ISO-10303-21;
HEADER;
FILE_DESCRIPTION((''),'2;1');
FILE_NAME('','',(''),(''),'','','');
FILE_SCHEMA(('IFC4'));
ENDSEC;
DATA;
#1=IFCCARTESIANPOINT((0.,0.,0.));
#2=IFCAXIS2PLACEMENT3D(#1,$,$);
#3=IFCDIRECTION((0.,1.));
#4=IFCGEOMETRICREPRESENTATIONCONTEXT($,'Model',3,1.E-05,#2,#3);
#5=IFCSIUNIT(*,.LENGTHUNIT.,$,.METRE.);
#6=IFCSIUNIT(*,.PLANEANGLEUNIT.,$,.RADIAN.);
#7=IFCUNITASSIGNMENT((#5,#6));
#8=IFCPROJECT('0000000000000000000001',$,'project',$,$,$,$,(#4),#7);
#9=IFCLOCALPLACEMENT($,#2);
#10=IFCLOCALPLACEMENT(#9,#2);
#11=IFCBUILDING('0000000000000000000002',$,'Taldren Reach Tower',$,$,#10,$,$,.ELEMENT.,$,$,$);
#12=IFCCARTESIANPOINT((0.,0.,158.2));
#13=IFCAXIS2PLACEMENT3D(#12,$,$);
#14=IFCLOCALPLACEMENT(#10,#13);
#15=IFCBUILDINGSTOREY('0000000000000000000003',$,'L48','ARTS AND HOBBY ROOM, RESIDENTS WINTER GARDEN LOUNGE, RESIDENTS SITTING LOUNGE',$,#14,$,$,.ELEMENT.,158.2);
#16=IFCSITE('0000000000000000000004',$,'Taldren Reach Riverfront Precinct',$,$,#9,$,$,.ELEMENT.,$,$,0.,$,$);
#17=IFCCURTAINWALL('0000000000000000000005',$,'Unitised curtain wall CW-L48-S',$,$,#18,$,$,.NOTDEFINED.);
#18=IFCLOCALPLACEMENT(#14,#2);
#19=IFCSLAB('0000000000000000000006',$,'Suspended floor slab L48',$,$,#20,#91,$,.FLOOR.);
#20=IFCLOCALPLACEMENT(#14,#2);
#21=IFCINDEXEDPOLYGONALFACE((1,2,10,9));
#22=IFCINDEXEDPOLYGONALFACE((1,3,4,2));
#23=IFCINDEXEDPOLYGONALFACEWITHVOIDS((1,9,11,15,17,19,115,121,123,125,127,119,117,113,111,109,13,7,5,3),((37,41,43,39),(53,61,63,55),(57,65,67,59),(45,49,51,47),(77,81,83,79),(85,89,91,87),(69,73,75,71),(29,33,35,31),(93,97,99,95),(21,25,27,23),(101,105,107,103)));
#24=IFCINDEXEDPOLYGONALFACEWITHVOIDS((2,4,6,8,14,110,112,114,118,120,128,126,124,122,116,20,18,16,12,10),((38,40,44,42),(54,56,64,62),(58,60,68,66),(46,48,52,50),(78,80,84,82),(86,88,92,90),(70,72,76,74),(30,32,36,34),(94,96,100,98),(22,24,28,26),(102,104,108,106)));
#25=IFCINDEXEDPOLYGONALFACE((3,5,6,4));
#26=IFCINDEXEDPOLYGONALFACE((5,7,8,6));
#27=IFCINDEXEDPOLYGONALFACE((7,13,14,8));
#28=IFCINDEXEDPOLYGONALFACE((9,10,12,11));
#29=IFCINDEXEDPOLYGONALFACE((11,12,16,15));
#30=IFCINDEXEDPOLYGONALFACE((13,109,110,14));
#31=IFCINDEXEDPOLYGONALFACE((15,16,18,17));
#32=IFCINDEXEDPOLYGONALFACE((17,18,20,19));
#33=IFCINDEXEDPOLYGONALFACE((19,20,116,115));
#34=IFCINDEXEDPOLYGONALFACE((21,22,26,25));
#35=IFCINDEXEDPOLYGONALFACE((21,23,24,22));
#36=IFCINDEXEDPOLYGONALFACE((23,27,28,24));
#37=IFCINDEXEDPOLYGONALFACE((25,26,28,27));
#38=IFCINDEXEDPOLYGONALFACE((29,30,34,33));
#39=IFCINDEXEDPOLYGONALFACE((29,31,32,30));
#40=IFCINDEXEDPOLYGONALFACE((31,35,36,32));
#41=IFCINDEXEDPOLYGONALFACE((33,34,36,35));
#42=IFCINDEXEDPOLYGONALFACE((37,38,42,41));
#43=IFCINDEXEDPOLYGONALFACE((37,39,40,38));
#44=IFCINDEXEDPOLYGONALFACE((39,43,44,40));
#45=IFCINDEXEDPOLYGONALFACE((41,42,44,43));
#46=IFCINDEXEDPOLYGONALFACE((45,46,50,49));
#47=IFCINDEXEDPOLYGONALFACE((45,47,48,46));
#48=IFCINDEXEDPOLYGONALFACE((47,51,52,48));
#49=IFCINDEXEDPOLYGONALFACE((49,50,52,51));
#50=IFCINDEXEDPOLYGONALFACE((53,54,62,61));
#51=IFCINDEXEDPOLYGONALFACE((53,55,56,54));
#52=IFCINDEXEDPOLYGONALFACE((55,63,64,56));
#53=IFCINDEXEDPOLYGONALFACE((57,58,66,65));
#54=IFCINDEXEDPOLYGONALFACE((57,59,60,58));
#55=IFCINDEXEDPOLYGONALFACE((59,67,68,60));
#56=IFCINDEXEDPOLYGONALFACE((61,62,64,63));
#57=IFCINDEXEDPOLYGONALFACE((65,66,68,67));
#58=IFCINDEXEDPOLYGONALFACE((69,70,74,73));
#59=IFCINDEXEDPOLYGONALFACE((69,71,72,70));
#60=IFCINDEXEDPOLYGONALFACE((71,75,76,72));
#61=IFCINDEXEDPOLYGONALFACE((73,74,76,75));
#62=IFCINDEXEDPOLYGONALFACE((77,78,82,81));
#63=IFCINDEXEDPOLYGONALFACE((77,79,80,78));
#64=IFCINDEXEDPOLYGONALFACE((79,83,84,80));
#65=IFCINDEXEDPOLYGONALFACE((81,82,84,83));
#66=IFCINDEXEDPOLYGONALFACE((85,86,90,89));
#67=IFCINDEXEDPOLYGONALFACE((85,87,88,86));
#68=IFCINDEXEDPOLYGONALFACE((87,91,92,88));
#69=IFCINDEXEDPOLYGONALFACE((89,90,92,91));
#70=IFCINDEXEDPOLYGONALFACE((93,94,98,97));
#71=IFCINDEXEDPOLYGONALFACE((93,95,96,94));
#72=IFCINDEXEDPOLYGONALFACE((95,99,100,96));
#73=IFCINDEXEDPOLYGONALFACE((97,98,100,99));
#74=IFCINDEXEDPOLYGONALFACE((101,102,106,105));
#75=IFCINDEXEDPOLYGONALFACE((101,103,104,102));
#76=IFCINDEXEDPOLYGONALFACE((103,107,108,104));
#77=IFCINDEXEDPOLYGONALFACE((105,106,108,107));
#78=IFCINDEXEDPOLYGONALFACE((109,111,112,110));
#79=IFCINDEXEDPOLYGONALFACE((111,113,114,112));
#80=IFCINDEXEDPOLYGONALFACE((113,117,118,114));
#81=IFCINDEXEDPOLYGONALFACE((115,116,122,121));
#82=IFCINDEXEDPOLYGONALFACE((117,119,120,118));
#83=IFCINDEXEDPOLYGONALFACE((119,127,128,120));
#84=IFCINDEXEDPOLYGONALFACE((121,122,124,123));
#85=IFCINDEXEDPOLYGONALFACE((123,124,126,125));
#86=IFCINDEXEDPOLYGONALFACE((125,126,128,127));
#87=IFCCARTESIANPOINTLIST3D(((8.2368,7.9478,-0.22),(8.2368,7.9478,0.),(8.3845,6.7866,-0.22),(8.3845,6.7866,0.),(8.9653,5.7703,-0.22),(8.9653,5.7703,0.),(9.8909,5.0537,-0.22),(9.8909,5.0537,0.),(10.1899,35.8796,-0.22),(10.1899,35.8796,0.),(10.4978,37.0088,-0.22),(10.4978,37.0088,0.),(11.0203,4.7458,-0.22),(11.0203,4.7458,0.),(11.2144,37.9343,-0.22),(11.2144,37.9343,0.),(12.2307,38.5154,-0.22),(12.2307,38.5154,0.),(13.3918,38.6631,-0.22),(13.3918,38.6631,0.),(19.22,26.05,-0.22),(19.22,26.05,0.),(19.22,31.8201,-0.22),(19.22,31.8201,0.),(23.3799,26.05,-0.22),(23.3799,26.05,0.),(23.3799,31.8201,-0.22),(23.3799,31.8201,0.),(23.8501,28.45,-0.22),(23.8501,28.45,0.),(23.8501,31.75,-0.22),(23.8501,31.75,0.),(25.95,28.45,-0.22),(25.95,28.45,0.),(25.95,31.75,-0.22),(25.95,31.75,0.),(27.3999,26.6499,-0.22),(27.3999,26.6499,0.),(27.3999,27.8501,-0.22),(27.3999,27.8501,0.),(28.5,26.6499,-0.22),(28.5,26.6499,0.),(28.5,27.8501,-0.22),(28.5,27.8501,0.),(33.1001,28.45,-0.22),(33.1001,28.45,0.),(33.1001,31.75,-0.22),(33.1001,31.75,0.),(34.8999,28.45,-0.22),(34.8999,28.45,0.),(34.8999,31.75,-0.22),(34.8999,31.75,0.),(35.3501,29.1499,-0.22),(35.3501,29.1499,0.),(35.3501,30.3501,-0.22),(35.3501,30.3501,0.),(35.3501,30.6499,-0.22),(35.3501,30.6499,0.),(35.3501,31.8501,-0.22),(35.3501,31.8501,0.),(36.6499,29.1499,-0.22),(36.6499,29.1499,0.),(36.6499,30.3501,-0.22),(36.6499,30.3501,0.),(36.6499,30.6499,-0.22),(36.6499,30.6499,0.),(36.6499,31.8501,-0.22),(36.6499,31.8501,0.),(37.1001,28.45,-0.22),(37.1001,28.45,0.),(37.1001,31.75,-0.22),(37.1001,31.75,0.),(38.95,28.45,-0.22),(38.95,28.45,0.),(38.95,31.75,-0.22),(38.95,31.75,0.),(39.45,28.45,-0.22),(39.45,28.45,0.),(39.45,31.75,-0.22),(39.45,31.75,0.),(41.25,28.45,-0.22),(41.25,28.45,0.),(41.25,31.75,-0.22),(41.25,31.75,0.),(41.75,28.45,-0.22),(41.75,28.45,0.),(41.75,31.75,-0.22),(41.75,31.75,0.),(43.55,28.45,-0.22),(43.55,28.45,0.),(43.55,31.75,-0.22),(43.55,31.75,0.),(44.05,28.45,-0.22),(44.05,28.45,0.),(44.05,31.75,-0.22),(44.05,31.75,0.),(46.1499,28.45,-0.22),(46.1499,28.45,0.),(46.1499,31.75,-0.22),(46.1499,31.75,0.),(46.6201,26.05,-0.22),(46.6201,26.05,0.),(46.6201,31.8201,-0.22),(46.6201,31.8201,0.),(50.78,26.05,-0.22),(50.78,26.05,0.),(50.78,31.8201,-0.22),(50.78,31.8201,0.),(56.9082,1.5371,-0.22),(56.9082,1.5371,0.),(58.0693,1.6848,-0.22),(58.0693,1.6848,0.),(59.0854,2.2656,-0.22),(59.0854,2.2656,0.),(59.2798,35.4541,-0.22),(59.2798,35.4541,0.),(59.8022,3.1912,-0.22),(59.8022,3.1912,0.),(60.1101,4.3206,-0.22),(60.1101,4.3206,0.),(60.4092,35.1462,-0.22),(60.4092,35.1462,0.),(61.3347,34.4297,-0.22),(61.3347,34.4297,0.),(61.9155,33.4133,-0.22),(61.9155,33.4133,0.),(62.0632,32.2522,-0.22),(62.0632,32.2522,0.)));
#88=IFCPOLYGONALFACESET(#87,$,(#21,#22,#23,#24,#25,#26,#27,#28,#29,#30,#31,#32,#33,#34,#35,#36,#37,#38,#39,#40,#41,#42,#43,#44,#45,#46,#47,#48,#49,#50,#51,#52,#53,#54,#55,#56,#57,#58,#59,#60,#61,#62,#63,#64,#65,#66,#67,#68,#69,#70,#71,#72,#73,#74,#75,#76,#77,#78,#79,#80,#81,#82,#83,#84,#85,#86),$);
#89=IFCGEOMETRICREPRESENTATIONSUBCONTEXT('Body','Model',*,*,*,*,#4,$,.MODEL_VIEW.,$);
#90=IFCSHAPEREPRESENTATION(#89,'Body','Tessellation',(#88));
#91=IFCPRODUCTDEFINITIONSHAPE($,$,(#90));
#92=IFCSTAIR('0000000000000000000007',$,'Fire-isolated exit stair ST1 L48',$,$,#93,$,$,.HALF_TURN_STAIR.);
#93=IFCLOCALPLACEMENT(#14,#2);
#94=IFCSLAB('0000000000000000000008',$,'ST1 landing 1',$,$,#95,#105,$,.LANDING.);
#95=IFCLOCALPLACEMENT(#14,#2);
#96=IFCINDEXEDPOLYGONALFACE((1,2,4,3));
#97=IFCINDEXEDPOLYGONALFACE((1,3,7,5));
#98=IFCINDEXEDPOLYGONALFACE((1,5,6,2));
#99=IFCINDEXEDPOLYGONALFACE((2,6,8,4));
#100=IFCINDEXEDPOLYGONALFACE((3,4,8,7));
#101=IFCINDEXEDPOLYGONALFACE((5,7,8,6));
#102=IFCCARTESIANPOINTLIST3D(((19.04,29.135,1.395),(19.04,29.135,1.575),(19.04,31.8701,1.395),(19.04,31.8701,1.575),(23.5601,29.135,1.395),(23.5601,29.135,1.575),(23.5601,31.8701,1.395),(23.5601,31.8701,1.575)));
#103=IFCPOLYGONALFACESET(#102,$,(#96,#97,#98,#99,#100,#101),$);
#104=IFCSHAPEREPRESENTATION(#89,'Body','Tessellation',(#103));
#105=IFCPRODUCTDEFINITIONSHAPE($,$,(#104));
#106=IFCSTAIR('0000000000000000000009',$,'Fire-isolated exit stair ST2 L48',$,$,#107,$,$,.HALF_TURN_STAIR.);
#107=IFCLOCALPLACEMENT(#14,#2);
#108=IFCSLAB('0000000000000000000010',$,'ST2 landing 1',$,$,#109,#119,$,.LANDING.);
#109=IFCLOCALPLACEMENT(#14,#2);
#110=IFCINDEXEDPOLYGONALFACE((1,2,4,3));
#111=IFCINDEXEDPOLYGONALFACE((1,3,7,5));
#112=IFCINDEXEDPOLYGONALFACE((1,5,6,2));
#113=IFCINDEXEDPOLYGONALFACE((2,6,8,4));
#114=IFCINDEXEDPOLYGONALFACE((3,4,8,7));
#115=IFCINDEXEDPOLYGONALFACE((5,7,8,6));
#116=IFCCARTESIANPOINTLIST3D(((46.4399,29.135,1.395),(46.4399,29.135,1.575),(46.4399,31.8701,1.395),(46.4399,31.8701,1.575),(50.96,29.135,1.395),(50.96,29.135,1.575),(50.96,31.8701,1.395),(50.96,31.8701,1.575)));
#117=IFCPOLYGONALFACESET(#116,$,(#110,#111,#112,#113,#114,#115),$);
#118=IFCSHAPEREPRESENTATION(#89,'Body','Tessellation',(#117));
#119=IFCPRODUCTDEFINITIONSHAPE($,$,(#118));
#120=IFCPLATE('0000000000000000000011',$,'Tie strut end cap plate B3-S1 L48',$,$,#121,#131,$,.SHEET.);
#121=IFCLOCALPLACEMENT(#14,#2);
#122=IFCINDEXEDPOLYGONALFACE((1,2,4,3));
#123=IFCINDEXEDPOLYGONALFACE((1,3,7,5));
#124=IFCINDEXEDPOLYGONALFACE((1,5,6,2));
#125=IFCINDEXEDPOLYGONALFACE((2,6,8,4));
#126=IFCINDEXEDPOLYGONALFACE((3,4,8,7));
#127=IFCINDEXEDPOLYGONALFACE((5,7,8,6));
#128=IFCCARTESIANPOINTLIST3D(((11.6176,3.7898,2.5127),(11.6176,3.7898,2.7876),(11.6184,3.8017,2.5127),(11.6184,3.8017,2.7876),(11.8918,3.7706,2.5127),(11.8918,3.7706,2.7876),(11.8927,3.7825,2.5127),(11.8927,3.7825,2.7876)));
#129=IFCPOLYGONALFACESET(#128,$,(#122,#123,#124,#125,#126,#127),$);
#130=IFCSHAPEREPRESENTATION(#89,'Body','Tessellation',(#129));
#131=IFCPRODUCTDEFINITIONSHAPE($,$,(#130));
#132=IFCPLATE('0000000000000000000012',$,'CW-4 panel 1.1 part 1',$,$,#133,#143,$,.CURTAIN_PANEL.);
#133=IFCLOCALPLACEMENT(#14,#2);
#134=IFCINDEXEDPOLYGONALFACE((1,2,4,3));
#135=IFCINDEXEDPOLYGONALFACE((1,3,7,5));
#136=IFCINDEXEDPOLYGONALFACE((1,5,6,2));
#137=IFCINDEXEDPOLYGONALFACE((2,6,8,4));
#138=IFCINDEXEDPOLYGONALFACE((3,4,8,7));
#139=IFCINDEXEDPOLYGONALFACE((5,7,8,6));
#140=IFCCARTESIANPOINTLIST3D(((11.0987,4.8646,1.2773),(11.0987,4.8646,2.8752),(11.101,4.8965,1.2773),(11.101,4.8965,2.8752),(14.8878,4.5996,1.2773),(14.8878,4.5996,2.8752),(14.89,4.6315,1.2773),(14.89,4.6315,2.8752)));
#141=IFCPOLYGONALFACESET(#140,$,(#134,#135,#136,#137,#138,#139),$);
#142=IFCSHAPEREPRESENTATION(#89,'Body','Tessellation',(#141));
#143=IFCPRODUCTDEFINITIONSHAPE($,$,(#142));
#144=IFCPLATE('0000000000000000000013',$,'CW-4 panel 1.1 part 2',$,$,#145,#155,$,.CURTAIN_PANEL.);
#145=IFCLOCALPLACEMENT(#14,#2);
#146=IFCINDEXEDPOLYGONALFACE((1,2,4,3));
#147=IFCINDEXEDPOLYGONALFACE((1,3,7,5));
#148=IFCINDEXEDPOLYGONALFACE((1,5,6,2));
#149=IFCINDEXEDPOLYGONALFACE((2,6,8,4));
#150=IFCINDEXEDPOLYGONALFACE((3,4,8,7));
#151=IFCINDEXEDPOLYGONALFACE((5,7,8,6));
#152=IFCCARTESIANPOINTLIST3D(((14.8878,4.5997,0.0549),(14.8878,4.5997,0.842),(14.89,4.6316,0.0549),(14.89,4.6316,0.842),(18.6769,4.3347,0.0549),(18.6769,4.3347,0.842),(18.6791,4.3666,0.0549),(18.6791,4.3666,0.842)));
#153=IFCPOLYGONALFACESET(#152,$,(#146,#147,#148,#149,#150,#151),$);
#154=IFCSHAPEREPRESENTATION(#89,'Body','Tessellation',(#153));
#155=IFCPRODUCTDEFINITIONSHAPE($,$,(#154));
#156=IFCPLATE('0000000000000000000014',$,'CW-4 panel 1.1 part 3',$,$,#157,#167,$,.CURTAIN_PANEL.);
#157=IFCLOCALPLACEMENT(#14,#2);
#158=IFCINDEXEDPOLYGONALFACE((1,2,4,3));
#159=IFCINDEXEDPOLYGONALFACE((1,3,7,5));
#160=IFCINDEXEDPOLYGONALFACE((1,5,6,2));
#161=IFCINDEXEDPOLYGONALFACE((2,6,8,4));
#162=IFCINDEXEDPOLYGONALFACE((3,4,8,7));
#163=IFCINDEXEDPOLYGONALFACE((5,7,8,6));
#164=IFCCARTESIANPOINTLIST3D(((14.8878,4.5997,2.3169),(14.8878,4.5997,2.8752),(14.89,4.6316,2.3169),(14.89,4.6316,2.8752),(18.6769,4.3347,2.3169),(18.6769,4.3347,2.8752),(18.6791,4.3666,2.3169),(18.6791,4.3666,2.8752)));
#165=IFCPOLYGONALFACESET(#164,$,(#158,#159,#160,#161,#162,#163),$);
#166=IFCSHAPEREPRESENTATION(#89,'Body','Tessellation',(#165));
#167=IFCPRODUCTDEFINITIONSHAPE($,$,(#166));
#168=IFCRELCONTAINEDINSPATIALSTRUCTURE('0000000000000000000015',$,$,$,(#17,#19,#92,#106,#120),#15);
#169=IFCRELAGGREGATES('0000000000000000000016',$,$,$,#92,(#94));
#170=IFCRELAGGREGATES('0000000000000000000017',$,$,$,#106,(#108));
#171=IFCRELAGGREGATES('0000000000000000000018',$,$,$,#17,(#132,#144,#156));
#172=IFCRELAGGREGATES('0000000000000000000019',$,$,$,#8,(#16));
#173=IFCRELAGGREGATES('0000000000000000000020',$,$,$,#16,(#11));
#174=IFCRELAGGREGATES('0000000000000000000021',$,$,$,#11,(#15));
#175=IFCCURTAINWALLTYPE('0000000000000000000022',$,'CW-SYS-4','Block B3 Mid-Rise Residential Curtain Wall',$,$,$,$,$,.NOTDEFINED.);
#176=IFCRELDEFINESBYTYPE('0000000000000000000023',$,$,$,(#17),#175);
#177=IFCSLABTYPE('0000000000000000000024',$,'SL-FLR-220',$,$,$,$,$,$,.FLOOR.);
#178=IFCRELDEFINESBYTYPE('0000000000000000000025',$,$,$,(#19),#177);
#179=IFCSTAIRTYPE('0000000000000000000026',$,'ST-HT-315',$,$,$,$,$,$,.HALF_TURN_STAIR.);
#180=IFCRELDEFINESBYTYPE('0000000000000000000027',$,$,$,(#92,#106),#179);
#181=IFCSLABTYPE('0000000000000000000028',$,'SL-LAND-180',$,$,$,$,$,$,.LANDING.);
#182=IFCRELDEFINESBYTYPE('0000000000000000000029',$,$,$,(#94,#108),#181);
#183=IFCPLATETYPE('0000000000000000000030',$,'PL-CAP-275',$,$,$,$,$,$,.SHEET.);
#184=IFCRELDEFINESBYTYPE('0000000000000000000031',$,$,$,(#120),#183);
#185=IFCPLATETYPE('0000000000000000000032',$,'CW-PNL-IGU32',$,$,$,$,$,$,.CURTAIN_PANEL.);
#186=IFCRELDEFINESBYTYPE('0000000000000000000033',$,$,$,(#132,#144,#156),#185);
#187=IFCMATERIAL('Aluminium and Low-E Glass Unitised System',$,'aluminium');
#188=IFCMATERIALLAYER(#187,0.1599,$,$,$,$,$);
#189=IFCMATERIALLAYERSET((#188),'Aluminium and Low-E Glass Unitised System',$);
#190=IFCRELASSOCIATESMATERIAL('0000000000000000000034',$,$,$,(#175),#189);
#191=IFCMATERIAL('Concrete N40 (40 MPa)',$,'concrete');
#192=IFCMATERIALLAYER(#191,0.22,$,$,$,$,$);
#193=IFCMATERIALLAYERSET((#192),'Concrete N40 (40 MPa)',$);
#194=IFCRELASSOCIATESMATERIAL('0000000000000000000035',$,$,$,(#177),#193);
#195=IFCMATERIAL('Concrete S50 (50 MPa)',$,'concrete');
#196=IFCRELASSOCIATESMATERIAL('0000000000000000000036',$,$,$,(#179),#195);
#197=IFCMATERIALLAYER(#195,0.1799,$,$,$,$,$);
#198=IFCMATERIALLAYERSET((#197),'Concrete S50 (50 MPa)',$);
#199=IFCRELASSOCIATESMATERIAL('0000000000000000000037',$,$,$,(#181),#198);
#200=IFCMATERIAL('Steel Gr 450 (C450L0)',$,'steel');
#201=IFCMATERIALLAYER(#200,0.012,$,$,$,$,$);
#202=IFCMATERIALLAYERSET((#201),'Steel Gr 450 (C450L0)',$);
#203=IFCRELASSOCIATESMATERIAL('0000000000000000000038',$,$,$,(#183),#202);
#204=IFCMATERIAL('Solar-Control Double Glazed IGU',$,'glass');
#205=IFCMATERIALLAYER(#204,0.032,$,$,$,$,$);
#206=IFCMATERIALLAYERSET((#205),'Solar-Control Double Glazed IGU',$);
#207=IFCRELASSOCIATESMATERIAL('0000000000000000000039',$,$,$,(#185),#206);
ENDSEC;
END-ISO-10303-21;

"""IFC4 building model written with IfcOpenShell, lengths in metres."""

from ifc_helpers import new_model, si_unit, direction, frame, origin, origin_2d, place, context, subcontext, project, spatial, polyline, rectangle, outline, extrude, source, transform, mapped, material, layer, layer_set, type_object, element, aggregate, save


model = new_model("IFC4")

# Units and contexts
model_context = context("Model", 3, precision=1e-05, world=origin(), true_north=direction((0.0, 1.0)))
body_context = subcontext(model_context, "Body", "Model", "MODEL_VIEW")
ifc_project = project(units=[si_unit("LENGTHUNIT", "METRE"), si_unit("PLANEANGLEUNIT", "RADIAN")], contexts=[model_context])

# Site, building, storey
site_placement = place(None, origin())
site = spatial("IfcSite", under=ifc_project, at=site_placement, Name="Taldren Reach Riverfront Precinct", CompositionType="ELEMENT", RefElevation=0.0)
building_placement = place(site_placement, origin())
building = spatial("IfcBuilding", under=site, at=building_placement, Name="Taldren Reach Tower", CompositionType="ELEMENT")
storey_placement = place(building_placement, frame((0.0, 0.0, 158.2)))
storey = spatial("IfcBuildingStorey", under=building, at=storey_placement, Name="L48", Description="ARTS AND HOBBY ROOM, RESIDENTS WINTER GARDEN LOUNGE, RESIDENTS SITTING LOUNGE", CompositionType="ELEMENT", Elevation=158.2)

# Shared definitions
ifc_material_1 = material(Name="Steel Gr 450 (C450L0)", Category="steel")

# Curtain wall
ifc_material_2 = material(Name="Aluminium and Low-E Glass Unitised System", Category="aluminium")
ifc_layer_1 = layer(ifc_material_2, 0.1599)
ifc_layer_set_1 = layer_set([ifc_layer_1], Name="Aluminium and Low-E Glass Unitised System")
curtain_wall_type = type_object("IfcCurtainWallType", Name="CW-SYS-4", Description="Block B3 Mid-Rise Residential Curtain Wall", PredefinedType="NOTDEFINED", material=ifc_layer_set_1)
curtain_wall_1_placement = place(storey_placement, origin())
curtain_wall_1 = element("IfcCurtainWall", 1, at=curtain_wall_1_placement, inside=storey, type_object=curtain_wall_type, Name="Unitised curtain wall CW-L48-S", PredefinedType="NOTDEFINED")

# Slab
ifc_material_3 = material(Name="Concrete N40 (40 MPa)", Category="concrete")
ifc_layer_2 = layer(ifc_material_3, 0.22)
ifc_layer_set_2 = layer_set([ifc_layer_2], Name="Concrete N40 (40 MPa)")
slab_type_1 = type_object("IfcSlabType", Name="SL-FLR-220", PredefinedType="FLOOR", material=ifc_layer_set_2)
slab_1_placement = place(storey_placement, frame((0.0, 0.0, -0.22)))
element("IfcSlab", 2, at=slab_1_placement, inside=storey, type_object=slab_type_1, Name="Suspended floor slab L48", PredefinedType="FLOOR", context=body_context, shape_type="SweptSolid", body=[
    extrude(outline(polyline([(56.9082, 1.5371), (58.0693, 1.6848), (59.0854, 2.2656), (59.8022, 3.1912), (60.1101, 4.3206), (62.0632, 32.2522), (61.9155, 33.4133), (61.3347, 34.4297), (60.4092, 35.1462), (59.2798, 35.4541), (13.3918, 38.6631), (12.2307, 38.5154), (11.2144, 37.9343), (10.4978, 37.0088), (10.1899, 35.8796), (8.2368, 7.9478), (8.3845, 6.7866), (8.9653, 5.7703), (9.8909, 5.0537), (11.0203, 4.7458), (56.9082, 1.5371)]), holes=[polyline([(19.22, 26.05), (23.3799, 26.05), (23.3799, 31.8201), (19.22, 31.8201), (19.22, 26.05)]), polyline([(46.6201, 26.05), (50.78, 26.05), (50.78, 31.8201), (46.6201, 31.8201), (46.6201, 26.05)]), polyline([(23.8501, 28.45), (25.95, 28.45), (25.95, 31.75), (23.8501, 31.75), (23.8501, 28.45)]), polyline([(44.05, 28.45), (46.1499, 28.45), (46.1499, 31.75), (44.05, 31.75), (44.05, 28.45)]), polyline([(33.1001, 28.45), (34.8999, 28.45), (34.8999, 31.75), (33.1001, 31.75), (33.1001, 28.45)]), polyline([(37.1001, 28.45), (38.95, 28.45), (38.95, 31.75), (37.1001, 31.75), (37.1001, 28.45)]), polyline([(39.45, 28.45), (41.25, 28.45), (41.25, 31.75), (39.45, 31.75), (39.45, 28.45)]), polyline([(41.75, 28.45), (43.55, 28.45), (43.55, 31.75), (41.75, 31.75), (41.75, 28.45)]), polyline([(35.3501, 30.6499), (36.6499, 30.6499), (36.6499, 31.8501), (35.3501, 31.8501), (35.3501, 30.6499)]), polyline([(35.3501, 29.1499), (36.6499, 29.1499), (36.6499, 30.3501), (35.3501, 30.3501), (35.3501, 29.1499)]), polyline([(27.3999, 26.6499), (28.5, 26.6499), (28.5, 27.8501), (27.3999, 27.8501), (27.3999, 26.6499)])]), origin(), (0.0, 0.0, 1.0), 0.22),
])

# Stairs, slabs
ifc_material_4 = material(Name="Concrete S50 (50 MPa)", Category="concrete")
stair_type = type_object("IfcStairType", Name="ST-HT-315", PredefinedType="HALF_TURN_STAIR", material=ifc_material_4)
stair_1_placement = place(storey_placement, origin())
stair_1 = element("IfcStair", 3, at=stair_1_placement, inside=storey, type_object=stair_type, Name="Fire-isolated exit stair ST1 L48", PredefinedType="HALF_TURN_STAIR")
ifc_layer_3 = layer(ifc_material_4, 0.1799)
ifc_layer_set_3 = layer_set([ifc_layer_3], Name="Concrete S50 (50 MPa)")
slab_type_2 = type_object("IfcSlabType", Name="SL-LAND-180", PredefinedType="LANDING", material=ifc_layer_set_3)
slab_2_placement = place(storey_placement, frame((0.0, 0.0, 1.395)))
slab_2 = element("IfcSlab", 4, at=slab_2_placement, type_object=slab_type_2, Name="ST1 landing 1", PredefinedType="LANDING", context=body_context, shape_type="SweptSolid", body=[
    extrude(outline(polyline([(19.04, 29.135), (23.5601, 29.135), (23.5601, 31.8701), (19.04, 31.8701), (19.04, 29.135)])), origin(), (0.0, 0.0, 1.0), 0.1799),
])
aggregate(stair_1, [slab_2])
stair_2_placement = place(storey_placement, origin())
stair_2 = element("IfcStair", 5, at=stair_2_placement, inside=storey, type_object=stair_type, Name="Fire-isolated exit stair ST2 L48", PredefinedType="HALF_TURN_STAIR")
slab_3_placement = place(storey_placement, frame((0.0, 0.0, 1.395)))
slab_3 = element("IfcSlab", 6, at=slab_3_placement, type_object=slab_type_2, Name="ST2 landing 1", PredefinedType="LANDING", context=body_context, shape_type="SweptSolid", body=[
    extrude(outline(polyline([(46.4399, 29.135), (50.96, 29.135), (50.96, 31.8701), (46.4399, 31.8701), (46.4399, 29.135)])), origin(), (0.0, 0.0, 1.0), 0.1799),
])
aggregate(stair_2, [slab_3])

# Plates
ifc_layer_4 = layer(ifc_material_1, 0.012)
ifc_layer_set_4 = layer_set([ifc_layer_4], Name="Steel Gr 450 (C450L0)")
plate_type_1 = type_object("IfcPlateType", Name="PL-CAP-275", PredefinedType="SHEET", material=ifc_layer_set_4)
shared_shape_1 = source(origin(), body_context, "Body", "SweptSolid", [
    extrude(rectangle(XDim=0.2749, YDim=0.012, at=origin_2d()), origin(), (0.0, 0.0, 1.0), 0.2749),
])
plate_1_placement = place(storey_placement, frame((11.7551, 3.7861, 2.5127), z_axis=(0.0, 0.0, 1.0), x_axis=(0.997564, -0.069756, 0.0)))
element("IfcPlate", 7, at=plate_1_placement, inside=storey, type_object=plate_type_1, Name="Tie strut end cap plate B3-S1 L48", PredefinedType="SHEET", context=body_context, shape_type="MappedRepresentation", body=[
    mapped(shared_shape_1, transform((0.0, 0.0, 0.0), scale=1.0)),
])
ifc_material_5 = material(Name="Solar-Control Double Glazed IGU", Category="glass")
ifc_layer_5 = layer(ifc_material_5, 0.032)
ifc_layer_set_5 = layer_set([ifc_layer_5], Name="Solar-Control Double Glazed IGU")
plate_type_2 = type_object("IfcPlateType", Name="CW-PNL-IGU32", PredefinedType="CURTAIN_PANEL", material=ifc_layer_set_5)
shared_shape_2 = source(origin(), body_context, "Body", "SweptSolid", [
    extrude(rectangle(XDim=3.7983, YDim=0.032, at=origin_2d()), origin(), (0.0, 0.0, 1.0), 1.5979),
])
plate_2_placement = place(storey_placement, frame((12.9944, 4.748, 1.2773), z_axis=(0.0, 0.0, 1.0), x_axis=(0.997564, -0.069757, 0.0)))
plate_2 = element("IfcPlate", 8, at=plate_2_placement, type_object=plate_type_2, Name="CW-4 panel 1.1 part 1", PredefinedType="CURTAIN_PANEL", context=body_context, shape_type="MappedRepresentation", body=[
    mapped(shared_shape_2, transform((0.0, 0.0, 0.0), scale=1.0)),
])
shared_shape_3 = source(origin(), body_context, "Body", "SweptSolid", [
    extrude(rectangle(XDim=3.7983, YDim=0.032, at=origin_2d()), origin(), (0.0, 0.0, 1.0), 0.7871),
])
plate_3_placement = place(storey_placement, frame((16.7834, 4.4832, 0.0549), z_axis=(0.0, 0.0, 1.0), x_axis=(0.997564, -0.069757, 0.0)))
plate_3 = element("IfcPlate", 9, at=plate_3_placement, type_object=plate_type_2, Name="CW-4 panel 1.1 part 2", PredefinedType="CURTAIN_PANEL", context=body_context, shape_type="MappedRepresentation", body=[
    mapped(shared_shape_3, transform((0.0, 0.0, 0.0), scale=1.0)),
])
shared_shape_4 = source(origin(), body_context, "Body", "SweptSolid", [
    extrude(rectangle(XDim=3.7983, YDim=0.032, at=origin_2d()), origin(), (0.0, 0.0, 1.0), 0.5583),
])
plate_4_placement = place(storey_placement, frame((16.7834, 4.4832, 2.3169), z_axis=(0.0, 0.0, 1.0), x_axis=(0.997564, -0.069757, 0.0)))
plate_4 = element("IfcPlate", 10, at=plate_4_placement, type_object=plate_type_2, Name="CW-4 panel 1.1 part 3", PredefinedType="CURTAIN_PANEL", context=body_context, shape_type="MappedRepresentation", body=[
    mapped(shared_shape_4, transform((0.0, 0.0, 0.0), scale=1.0)),
])
aggregate(curtain_wall_1, [plate_2, plate_3, plate_4])

save(model, "model.ifc")
